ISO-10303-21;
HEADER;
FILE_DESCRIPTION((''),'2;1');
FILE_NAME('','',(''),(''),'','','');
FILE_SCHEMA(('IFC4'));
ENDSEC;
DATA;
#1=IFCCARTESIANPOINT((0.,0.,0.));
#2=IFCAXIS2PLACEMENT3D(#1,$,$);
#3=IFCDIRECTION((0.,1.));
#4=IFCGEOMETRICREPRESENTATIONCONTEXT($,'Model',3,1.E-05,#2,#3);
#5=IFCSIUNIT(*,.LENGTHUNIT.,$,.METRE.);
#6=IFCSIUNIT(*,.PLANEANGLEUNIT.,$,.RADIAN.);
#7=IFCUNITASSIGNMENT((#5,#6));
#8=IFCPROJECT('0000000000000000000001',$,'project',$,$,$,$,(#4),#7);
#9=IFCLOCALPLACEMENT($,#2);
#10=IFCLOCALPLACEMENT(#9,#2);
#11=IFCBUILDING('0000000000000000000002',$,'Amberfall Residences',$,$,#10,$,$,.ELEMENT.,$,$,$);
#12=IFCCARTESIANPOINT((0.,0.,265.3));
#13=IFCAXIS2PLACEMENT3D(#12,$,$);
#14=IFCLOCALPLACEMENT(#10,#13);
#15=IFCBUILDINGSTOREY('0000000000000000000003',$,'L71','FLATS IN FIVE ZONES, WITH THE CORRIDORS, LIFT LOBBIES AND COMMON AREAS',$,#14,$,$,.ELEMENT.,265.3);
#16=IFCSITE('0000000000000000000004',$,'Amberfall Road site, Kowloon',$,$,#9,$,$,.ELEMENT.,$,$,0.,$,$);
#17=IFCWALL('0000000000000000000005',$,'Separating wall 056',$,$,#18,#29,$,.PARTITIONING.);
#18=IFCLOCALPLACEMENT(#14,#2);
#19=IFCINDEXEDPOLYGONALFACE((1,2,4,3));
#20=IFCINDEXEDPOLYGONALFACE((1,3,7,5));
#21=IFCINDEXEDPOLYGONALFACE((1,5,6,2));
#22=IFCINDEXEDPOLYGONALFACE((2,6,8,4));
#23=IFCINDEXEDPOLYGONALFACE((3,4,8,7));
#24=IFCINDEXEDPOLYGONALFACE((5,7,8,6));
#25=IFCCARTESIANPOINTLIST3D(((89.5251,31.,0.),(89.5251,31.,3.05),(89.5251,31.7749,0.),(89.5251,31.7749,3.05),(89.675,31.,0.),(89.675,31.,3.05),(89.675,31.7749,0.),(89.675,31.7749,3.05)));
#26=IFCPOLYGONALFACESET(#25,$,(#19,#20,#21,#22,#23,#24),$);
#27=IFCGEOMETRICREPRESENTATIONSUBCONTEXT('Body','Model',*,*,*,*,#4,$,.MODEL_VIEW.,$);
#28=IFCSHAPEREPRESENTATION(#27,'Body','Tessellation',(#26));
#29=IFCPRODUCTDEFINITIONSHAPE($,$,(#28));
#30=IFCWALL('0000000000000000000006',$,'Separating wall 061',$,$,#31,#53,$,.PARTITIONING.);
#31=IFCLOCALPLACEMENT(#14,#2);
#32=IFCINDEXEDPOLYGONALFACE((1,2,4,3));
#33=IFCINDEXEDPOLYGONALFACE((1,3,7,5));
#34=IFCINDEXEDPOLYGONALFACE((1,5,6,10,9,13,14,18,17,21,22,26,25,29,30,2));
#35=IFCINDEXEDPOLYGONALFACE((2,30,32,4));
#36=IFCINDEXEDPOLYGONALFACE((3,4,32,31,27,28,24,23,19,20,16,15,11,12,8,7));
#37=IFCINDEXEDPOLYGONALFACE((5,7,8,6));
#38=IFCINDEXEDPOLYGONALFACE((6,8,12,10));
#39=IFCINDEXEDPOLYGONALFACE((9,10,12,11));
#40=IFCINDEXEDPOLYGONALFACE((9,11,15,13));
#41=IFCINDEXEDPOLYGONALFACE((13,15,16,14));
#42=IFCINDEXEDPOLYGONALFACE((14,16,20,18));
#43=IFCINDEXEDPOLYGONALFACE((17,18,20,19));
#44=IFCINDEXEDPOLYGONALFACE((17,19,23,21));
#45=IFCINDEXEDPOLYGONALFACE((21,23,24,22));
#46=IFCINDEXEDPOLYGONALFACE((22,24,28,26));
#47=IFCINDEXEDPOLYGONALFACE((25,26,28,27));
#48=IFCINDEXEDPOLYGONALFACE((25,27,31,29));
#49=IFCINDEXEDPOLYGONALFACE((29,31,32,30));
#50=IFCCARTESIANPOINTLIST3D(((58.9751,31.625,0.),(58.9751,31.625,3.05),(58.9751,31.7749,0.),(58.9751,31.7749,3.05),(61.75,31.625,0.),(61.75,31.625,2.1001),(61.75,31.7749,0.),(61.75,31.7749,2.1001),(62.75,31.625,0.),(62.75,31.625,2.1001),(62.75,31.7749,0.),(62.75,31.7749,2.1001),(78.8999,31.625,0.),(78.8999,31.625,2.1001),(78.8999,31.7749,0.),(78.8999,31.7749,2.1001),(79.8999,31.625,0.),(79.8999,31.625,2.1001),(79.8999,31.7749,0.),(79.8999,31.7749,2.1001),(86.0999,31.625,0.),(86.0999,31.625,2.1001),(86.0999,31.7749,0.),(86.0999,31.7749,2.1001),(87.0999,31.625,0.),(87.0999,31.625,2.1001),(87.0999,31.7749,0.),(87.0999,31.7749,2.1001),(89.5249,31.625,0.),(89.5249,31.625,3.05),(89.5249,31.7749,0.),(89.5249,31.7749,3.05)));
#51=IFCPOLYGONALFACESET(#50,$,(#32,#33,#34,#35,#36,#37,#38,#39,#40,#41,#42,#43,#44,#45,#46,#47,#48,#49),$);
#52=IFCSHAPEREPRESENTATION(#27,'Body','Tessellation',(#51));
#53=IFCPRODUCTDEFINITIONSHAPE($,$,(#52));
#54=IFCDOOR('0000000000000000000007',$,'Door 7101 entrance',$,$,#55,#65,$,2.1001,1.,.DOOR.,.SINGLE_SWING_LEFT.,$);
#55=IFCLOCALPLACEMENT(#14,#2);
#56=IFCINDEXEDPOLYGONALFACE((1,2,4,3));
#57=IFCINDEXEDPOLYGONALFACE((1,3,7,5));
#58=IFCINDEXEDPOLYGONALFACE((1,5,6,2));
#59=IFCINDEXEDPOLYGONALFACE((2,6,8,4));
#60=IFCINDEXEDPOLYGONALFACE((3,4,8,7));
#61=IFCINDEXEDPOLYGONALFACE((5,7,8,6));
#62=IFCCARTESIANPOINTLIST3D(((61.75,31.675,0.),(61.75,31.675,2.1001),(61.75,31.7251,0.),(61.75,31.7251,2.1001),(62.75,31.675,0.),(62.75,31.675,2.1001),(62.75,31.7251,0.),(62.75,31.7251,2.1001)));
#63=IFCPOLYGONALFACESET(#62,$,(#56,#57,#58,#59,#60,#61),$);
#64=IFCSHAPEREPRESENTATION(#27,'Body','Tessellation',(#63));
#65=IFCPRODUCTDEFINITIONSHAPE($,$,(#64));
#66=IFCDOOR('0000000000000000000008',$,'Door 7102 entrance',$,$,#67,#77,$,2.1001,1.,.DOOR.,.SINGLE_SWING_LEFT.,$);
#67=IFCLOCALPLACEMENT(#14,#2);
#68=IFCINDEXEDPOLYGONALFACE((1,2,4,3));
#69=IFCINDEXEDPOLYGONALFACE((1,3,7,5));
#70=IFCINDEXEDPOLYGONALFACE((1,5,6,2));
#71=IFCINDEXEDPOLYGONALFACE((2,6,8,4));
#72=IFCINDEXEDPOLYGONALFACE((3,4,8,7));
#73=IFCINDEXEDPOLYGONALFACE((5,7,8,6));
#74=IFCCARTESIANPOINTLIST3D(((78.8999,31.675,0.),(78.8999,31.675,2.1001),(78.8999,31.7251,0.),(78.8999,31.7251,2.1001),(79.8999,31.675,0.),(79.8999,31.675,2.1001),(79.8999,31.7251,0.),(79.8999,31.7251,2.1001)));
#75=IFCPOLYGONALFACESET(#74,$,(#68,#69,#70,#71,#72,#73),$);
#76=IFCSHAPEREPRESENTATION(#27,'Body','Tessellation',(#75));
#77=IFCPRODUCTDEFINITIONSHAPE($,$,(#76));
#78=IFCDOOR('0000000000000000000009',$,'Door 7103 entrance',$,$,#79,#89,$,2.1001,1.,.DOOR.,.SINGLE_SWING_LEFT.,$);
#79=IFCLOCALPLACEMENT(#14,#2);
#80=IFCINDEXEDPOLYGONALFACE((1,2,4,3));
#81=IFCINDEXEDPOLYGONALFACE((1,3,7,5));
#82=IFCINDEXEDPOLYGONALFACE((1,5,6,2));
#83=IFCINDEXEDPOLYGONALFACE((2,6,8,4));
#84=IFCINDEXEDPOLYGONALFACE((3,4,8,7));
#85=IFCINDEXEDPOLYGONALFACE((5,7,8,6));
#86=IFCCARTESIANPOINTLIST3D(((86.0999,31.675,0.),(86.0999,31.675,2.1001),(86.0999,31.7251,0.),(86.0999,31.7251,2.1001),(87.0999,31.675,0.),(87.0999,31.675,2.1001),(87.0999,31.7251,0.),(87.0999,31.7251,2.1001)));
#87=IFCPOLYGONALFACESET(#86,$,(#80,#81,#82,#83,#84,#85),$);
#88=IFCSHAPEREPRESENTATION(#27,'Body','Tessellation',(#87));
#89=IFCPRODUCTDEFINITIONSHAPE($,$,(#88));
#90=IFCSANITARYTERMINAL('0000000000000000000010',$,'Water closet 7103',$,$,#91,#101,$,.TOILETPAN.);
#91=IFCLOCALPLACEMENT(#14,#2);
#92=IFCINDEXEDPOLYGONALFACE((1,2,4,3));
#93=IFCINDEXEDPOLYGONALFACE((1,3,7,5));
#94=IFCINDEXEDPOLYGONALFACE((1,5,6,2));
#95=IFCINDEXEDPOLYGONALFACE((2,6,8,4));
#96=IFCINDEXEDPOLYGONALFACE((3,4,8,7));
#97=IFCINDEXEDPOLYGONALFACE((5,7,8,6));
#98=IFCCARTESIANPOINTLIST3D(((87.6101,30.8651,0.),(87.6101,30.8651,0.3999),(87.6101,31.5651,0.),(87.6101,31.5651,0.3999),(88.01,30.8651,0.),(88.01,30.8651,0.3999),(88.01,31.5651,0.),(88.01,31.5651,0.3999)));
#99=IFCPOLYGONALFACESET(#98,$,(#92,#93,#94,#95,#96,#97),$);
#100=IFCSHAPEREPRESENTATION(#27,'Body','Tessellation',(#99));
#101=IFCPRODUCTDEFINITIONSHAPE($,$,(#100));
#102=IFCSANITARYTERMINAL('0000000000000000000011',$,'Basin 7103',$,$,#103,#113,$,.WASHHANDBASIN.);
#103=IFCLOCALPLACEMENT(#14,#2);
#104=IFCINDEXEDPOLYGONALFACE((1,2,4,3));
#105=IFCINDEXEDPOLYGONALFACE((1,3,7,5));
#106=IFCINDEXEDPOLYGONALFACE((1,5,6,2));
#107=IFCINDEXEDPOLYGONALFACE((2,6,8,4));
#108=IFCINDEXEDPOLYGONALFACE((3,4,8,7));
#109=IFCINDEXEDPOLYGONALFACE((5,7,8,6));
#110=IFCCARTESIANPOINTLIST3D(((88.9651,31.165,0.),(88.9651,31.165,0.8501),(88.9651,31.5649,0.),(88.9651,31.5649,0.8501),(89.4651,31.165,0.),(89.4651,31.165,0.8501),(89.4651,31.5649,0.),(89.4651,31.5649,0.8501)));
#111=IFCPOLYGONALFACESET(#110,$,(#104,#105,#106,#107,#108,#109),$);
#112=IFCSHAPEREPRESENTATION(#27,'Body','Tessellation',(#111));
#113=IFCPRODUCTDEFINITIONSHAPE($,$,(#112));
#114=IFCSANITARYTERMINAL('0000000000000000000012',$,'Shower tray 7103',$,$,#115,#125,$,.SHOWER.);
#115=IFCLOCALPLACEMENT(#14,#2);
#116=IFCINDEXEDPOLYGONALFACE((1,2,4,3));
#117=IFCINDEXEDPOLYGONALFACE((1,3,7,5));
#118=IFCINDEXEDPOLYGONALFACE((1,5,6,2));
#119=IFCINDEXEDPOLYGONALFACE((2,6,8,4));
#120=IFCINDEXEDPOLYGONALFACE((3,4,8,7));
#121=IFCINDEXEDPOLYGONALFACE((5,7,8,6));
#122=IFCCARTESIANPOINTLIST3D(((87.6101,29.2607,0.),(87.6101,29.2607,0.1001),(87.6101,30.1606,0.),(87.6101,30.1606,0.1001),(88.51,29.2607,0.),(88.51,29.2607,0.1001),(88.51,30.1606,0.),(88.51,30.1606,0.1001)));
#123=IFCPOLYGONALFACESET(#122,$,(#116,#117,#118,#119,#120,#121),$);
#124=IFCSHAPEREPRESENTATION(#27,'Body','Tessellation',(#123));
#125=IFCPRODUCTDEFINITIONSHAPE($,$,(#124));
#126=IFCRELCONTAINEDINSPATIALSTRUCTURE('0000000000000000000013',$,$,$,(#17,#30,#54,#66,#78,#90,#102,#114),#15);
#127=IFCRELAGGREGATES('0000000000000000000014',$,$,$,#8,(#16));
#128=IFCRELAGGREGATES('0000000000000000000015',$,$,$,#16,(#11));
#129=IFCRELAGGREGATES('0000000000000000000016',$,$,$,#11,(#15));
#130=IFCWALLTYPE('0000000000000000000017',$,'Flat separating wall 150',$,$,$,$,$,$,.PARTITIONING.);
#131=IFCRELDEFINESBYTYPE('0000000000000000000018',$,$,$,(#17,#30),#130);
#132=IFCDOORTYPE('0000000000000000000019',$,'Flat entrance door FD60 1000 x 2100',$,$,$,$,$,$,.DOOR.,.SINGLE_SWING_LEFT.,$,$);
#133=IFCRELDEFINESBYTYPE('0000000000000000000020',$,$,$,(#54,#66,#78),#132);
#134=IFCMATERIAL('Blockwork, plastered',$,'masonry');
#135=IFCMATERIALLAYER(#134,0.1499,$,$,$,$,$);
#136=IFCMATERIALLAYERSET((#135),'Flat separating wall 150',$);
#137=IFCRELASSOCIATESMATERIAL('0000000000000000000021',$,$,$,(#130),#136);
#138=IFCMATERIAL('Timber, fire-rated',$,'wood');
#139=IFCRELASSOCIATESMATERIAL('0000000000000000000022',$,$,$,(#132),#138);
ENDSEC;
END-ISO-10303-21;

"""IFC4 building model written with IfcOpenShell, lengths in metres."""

from ifc_helpers import new_model, si_unit, direction, frame, frame_2d, origin, origin_2d, place, context, subcontext, project, spatial, rectangle, extrude, material, layer, layer_set, type_object, element, fill, save


model = new_model("IFC4")

# Units and contexts
model_context = context("Model", 3, precision=1e-05, world=origin(), true_north=direction((0.0, 1.0)))
body_context = subcontext(model_context, "Body", "Model", "MODEL_VIEW")
ifc_project = project(units=[si_unit("LENGTHUNIT", "METRE"), si_unit("PLANEANGLEUNIT", "RADIAN")], contexts=[model_context])

# Site, building, storey
site_placement = place(None, origin())
site = spatial("IfcSite", under=ifc_project, at=site_placement, Name="Amberfall Road site, Kowloon", CompositionType="ELEMENT", RefElevation=0.0)
building_placement = place(site_placement, origin())
building = spatial("IfcBuilding", under=site, at=building_placement, Name="Amberfall Residences", CompositionType="ELEMENT")
storey_placement = place(building_placement, frame((0.0, 0.0, 265.3)))
storey = spatial("IfcBuildingStorey", under=building, at=storey_placement, Name="L71", Description="FLATS IN FIVE ZONES, WITH THE CORRIDORS, LIFT LOBBIES AND COMMON AREAS", CompositionType="ELEMENT", Elevation=265.3)

# Wall
ifc_material_1 = material(Name="Blockwork, plastered", Category="masonry")
ifc_layer_1 = layer(ifc_material_1, 0.1499)
ifc_layer_set_1 = layer_set([ifc_layer_1], Name="Flat separating wall 150")
wall_type_1 = type_object("IfcWallType", Name="Flat separating wall 150", PredefinedType="PARTITIONING", material=ifc_layer_set_1)
wall_1_placement = place(storey_placement, frame((89.6001, 31.0, 0.0), z_axis=(0.0, 0.0, 1.0), x_axis=(0.0, 1.0, 0.0)))
element("IfcWall", 1, at=wall_1_placement, inside=storey, type_object=wall_type_1, Name="Separating wall 056", PredefinedType="PARTITIONING", context=body_context, shape_type="SweptSolid", body=[
    extrude(rectangle(XDim=0.7749, YDim=0.1499, at=frame_2d((0.3875, 0.0))), origin(), (0.0, 0.0, 1.0), 3.05),
])

# Wall, openings, doors
wall_2_placement = place(storey_placement, frame((89.5249, 31.7, 0.0), z_axis=(0.0, 0.0, 1.0), x_axis=(-1.0, 0.0, 0.0)))
wall_2 = element("IfcWall", 2, at=wall_2_placement, inside=storey, type_object=wall_type_1, Name="Separating wall 061", PredefinedType="PARTITIONING", context=body_context, shape_type="SweptSolid", body=[
    extrude(rectangle(XDim=30.5498, YDim=0.1499, at=frame_2d((15.2749, 0.0))), origin(), (0.0, 0.0, 1.0), 3.05),
])
opening_1_placement = place(wall_2_placement, frame((26.7749, 0.0, 0.0)))
opening_1 = element("IfcOpeningElement", 3, at=opening_1_placement, cuts=wall_2, PredefinedType="OPENING", context=body_context, shape_type="SweptSolid", body=[
    extrude(rectangle(XDim=1.0, YDim=2.1001, at=frame_2d((0.5, 1.05))), frame((0.0, 0.085, 0.0), z_axis=(0.0, -1.0, 0.0), x_axis=(1.0, 0.0, 0.0)), (0.0, 0.0, 1.0), 0.1699),
])
opening_2_placement = place(wall_2_placement, frame((9.625, 0.0, 0.0)))
opening_2 = element("IfcOpeningElement", 4, at=opening_2_placement, cuts=wall_2, PredefinedType="OPENING", context=body_context, shape_type="SweptSolid", body=[
    extrude(rectangle(XDim=1.0, YDim=2.1001, at=frame_2d((0.5, 1.05))), frame((0.0, 0.085, 0.0), z_axis=(0.0, -1.0, 0.0), x_axis=(1.0, 0.0, 0.0)), (0.0, 0.0, 1.0), 0.1699),
])
opening_3_placement = place(wall_2_placement, frame((2.425, 0.0, 0.0)))
opening_3 = element("IfcOpeningElement", 5, at=opening_3_placement, cuts=wall_2, PredefinedType="OPENING", context=body_context, shape_type="SweptSolid", body=[
    extrude(rectangle(XDim=1.0, YDim=2.1001, at=frame_2d((0.5, 1.05))), frame((0.0, 0.085, 0.0), z_axis=(0.0, -1.0, 0.0), x_axis=(1.0, 0.0, 0.0)), (0.0, 0.0, 1.0), 0.1699),
])
ifc_material_2 = material(Name="Timber, fire-rated", Category="wood")
door_type_1 = type_object("IfcDoorType", Name="Flat entrance door FD60 1000 x 2100", OperationType="SINGLE_SWING_LEFT", PredefinedType="DOOR", material=ifc_material_2)
door_1_placement = place(opening_1_placement, origin())
door_1 = element("IfcDoor", 6, at=door_1_placement, inside=storey, type_object=door_type_1, Name="Door 7101 entrance", OperationType="SINGLE_SWING_LEFT", OverallHeight=2.1001, OverallWidth=1.0, PredefinedType="DOOR", context=body_context, shape_type="SweptSolid", body=[
    extrude(rectangle(XDim=1.0, YDim=2.1001, at=frame_2d((0.5, 1.05))), frame((0.0, 0.0249, 0.0), z_axis=(0.0, -1.0, 0.0), x_axis=(1.0, 0.0, 0.0)), (0.0, 0.0, 1.0), 0.05),
])
fill(opening_1, door_1)
door_2_placement = place(opening_2_placement, origin())
door_2 = element("IfcDoor", 7, at=door_2_placement, inside=storey, type_object=door_type_1, Name="Door 7102 entrance", OperationType="SINGLE_SWING_LEFT", OverallHeight=2.1001, OverallWidth=1.0, PredefinedType="DOOR", context=body_context, shape_type="SweptSolid", body=[
    extrude(rectangle(XDim=1.0, YDim=2.1001, at=frame_2d((0.5, 1.05))), frame((0.0, 0.0249, 0.0), z_axis=(0.0, -1.0, 0.0), x_axis=(1.0, 0.0, 0.0)), (0.0, 0.0, 1.0), 0.05),
])
fill(opening_2, door_2)
door_3_placement = place(opening_3_placement, origin())
door_3 = element("IfcDoor", 8, at=door_3_placement, inside=storey, type_object=door_type_1, Name="Door 7103 entrance", OperationType="SINGLE_SWING_LEFT", OverallHeight=2.1001, OverallWidth=1.0, PredefinedType="DOOR", context=body_context, shape_type="SweptSolid", body=[
    extrude(rectangle(XDim=1.0, YDim=2.1001, at=frame_2d((0.5, 1.05))), frame((0.0, 0.0249, 0.0), z_axis=(0.0, -1.0, 0.0), x_axis=(1.0, 0.0, 0.0)), (0.0, 0.0, 1.0), 0.05),
])
fill(opening_3, door_3)

# Sanitary terminals
sanitary_terminal_1_placement = place(storey_placement, frame((87.8101, 31.2151, 0.0), z_axis=(0.0, 0.0, 1.0), x_axis=(1.0, 0.0, 0.0)))
element("IfcSanitaryTerminal", 9, at=sanitary_terminal_1_placement, inside=storey, Name="Water closet 7103", PredefinedType="TOILETPAN", context=body_context, shape_type="SweptSolid", body=[
    extrude(rectangle(XDim=0.3999, YDim=0.7, at=origin_2d()), origin(), (0.0, 0.0, 1.0), 0.3999),
])
sanitary_terminal_2_placement = place(storey_placement, frame((89.2151, 31.365, 0.0), z_axis=(0.0, 0.0, 1.0), x_axis=(1.0, 0.0, 0.0)))
element("IfcSanitaryTerminal", 10, at=sanitary_terminal_2_placement, inside=storey, Name="Basin 7103", PredefinedType="WASHHANDBASIN", context=body_context, shape_type="SweptSolid", body=[
    extrude(rectangle(XDim=0.5, YDim=0.3999, at=origin_2d()), origin(), (0.0, 0.0, 1.0), 0.8501),
])
sanitary_terminal_3_placement = place(storey_placement, frame((88.0601, 29.7107, 0.0), z_axis=(0.0, 0.0, 1.0), x_axis=(1.0, 0.0, 0.0)))
element("IfcSanitaryTerminal", 11, at=sanitary_terminal_3_placement, inside=storey, Name="Shower tray 7103", PredefinedType="SHOWER", context=body_context, shape_type="SweptSolid", body=[
    extrude(rectangle(XDim=0.8999, YDim=0.8999, at=origin_2d()), origin(), (0.0, 0.0, 1.0), 0.1001),
])

save(model, "model.ifc")
